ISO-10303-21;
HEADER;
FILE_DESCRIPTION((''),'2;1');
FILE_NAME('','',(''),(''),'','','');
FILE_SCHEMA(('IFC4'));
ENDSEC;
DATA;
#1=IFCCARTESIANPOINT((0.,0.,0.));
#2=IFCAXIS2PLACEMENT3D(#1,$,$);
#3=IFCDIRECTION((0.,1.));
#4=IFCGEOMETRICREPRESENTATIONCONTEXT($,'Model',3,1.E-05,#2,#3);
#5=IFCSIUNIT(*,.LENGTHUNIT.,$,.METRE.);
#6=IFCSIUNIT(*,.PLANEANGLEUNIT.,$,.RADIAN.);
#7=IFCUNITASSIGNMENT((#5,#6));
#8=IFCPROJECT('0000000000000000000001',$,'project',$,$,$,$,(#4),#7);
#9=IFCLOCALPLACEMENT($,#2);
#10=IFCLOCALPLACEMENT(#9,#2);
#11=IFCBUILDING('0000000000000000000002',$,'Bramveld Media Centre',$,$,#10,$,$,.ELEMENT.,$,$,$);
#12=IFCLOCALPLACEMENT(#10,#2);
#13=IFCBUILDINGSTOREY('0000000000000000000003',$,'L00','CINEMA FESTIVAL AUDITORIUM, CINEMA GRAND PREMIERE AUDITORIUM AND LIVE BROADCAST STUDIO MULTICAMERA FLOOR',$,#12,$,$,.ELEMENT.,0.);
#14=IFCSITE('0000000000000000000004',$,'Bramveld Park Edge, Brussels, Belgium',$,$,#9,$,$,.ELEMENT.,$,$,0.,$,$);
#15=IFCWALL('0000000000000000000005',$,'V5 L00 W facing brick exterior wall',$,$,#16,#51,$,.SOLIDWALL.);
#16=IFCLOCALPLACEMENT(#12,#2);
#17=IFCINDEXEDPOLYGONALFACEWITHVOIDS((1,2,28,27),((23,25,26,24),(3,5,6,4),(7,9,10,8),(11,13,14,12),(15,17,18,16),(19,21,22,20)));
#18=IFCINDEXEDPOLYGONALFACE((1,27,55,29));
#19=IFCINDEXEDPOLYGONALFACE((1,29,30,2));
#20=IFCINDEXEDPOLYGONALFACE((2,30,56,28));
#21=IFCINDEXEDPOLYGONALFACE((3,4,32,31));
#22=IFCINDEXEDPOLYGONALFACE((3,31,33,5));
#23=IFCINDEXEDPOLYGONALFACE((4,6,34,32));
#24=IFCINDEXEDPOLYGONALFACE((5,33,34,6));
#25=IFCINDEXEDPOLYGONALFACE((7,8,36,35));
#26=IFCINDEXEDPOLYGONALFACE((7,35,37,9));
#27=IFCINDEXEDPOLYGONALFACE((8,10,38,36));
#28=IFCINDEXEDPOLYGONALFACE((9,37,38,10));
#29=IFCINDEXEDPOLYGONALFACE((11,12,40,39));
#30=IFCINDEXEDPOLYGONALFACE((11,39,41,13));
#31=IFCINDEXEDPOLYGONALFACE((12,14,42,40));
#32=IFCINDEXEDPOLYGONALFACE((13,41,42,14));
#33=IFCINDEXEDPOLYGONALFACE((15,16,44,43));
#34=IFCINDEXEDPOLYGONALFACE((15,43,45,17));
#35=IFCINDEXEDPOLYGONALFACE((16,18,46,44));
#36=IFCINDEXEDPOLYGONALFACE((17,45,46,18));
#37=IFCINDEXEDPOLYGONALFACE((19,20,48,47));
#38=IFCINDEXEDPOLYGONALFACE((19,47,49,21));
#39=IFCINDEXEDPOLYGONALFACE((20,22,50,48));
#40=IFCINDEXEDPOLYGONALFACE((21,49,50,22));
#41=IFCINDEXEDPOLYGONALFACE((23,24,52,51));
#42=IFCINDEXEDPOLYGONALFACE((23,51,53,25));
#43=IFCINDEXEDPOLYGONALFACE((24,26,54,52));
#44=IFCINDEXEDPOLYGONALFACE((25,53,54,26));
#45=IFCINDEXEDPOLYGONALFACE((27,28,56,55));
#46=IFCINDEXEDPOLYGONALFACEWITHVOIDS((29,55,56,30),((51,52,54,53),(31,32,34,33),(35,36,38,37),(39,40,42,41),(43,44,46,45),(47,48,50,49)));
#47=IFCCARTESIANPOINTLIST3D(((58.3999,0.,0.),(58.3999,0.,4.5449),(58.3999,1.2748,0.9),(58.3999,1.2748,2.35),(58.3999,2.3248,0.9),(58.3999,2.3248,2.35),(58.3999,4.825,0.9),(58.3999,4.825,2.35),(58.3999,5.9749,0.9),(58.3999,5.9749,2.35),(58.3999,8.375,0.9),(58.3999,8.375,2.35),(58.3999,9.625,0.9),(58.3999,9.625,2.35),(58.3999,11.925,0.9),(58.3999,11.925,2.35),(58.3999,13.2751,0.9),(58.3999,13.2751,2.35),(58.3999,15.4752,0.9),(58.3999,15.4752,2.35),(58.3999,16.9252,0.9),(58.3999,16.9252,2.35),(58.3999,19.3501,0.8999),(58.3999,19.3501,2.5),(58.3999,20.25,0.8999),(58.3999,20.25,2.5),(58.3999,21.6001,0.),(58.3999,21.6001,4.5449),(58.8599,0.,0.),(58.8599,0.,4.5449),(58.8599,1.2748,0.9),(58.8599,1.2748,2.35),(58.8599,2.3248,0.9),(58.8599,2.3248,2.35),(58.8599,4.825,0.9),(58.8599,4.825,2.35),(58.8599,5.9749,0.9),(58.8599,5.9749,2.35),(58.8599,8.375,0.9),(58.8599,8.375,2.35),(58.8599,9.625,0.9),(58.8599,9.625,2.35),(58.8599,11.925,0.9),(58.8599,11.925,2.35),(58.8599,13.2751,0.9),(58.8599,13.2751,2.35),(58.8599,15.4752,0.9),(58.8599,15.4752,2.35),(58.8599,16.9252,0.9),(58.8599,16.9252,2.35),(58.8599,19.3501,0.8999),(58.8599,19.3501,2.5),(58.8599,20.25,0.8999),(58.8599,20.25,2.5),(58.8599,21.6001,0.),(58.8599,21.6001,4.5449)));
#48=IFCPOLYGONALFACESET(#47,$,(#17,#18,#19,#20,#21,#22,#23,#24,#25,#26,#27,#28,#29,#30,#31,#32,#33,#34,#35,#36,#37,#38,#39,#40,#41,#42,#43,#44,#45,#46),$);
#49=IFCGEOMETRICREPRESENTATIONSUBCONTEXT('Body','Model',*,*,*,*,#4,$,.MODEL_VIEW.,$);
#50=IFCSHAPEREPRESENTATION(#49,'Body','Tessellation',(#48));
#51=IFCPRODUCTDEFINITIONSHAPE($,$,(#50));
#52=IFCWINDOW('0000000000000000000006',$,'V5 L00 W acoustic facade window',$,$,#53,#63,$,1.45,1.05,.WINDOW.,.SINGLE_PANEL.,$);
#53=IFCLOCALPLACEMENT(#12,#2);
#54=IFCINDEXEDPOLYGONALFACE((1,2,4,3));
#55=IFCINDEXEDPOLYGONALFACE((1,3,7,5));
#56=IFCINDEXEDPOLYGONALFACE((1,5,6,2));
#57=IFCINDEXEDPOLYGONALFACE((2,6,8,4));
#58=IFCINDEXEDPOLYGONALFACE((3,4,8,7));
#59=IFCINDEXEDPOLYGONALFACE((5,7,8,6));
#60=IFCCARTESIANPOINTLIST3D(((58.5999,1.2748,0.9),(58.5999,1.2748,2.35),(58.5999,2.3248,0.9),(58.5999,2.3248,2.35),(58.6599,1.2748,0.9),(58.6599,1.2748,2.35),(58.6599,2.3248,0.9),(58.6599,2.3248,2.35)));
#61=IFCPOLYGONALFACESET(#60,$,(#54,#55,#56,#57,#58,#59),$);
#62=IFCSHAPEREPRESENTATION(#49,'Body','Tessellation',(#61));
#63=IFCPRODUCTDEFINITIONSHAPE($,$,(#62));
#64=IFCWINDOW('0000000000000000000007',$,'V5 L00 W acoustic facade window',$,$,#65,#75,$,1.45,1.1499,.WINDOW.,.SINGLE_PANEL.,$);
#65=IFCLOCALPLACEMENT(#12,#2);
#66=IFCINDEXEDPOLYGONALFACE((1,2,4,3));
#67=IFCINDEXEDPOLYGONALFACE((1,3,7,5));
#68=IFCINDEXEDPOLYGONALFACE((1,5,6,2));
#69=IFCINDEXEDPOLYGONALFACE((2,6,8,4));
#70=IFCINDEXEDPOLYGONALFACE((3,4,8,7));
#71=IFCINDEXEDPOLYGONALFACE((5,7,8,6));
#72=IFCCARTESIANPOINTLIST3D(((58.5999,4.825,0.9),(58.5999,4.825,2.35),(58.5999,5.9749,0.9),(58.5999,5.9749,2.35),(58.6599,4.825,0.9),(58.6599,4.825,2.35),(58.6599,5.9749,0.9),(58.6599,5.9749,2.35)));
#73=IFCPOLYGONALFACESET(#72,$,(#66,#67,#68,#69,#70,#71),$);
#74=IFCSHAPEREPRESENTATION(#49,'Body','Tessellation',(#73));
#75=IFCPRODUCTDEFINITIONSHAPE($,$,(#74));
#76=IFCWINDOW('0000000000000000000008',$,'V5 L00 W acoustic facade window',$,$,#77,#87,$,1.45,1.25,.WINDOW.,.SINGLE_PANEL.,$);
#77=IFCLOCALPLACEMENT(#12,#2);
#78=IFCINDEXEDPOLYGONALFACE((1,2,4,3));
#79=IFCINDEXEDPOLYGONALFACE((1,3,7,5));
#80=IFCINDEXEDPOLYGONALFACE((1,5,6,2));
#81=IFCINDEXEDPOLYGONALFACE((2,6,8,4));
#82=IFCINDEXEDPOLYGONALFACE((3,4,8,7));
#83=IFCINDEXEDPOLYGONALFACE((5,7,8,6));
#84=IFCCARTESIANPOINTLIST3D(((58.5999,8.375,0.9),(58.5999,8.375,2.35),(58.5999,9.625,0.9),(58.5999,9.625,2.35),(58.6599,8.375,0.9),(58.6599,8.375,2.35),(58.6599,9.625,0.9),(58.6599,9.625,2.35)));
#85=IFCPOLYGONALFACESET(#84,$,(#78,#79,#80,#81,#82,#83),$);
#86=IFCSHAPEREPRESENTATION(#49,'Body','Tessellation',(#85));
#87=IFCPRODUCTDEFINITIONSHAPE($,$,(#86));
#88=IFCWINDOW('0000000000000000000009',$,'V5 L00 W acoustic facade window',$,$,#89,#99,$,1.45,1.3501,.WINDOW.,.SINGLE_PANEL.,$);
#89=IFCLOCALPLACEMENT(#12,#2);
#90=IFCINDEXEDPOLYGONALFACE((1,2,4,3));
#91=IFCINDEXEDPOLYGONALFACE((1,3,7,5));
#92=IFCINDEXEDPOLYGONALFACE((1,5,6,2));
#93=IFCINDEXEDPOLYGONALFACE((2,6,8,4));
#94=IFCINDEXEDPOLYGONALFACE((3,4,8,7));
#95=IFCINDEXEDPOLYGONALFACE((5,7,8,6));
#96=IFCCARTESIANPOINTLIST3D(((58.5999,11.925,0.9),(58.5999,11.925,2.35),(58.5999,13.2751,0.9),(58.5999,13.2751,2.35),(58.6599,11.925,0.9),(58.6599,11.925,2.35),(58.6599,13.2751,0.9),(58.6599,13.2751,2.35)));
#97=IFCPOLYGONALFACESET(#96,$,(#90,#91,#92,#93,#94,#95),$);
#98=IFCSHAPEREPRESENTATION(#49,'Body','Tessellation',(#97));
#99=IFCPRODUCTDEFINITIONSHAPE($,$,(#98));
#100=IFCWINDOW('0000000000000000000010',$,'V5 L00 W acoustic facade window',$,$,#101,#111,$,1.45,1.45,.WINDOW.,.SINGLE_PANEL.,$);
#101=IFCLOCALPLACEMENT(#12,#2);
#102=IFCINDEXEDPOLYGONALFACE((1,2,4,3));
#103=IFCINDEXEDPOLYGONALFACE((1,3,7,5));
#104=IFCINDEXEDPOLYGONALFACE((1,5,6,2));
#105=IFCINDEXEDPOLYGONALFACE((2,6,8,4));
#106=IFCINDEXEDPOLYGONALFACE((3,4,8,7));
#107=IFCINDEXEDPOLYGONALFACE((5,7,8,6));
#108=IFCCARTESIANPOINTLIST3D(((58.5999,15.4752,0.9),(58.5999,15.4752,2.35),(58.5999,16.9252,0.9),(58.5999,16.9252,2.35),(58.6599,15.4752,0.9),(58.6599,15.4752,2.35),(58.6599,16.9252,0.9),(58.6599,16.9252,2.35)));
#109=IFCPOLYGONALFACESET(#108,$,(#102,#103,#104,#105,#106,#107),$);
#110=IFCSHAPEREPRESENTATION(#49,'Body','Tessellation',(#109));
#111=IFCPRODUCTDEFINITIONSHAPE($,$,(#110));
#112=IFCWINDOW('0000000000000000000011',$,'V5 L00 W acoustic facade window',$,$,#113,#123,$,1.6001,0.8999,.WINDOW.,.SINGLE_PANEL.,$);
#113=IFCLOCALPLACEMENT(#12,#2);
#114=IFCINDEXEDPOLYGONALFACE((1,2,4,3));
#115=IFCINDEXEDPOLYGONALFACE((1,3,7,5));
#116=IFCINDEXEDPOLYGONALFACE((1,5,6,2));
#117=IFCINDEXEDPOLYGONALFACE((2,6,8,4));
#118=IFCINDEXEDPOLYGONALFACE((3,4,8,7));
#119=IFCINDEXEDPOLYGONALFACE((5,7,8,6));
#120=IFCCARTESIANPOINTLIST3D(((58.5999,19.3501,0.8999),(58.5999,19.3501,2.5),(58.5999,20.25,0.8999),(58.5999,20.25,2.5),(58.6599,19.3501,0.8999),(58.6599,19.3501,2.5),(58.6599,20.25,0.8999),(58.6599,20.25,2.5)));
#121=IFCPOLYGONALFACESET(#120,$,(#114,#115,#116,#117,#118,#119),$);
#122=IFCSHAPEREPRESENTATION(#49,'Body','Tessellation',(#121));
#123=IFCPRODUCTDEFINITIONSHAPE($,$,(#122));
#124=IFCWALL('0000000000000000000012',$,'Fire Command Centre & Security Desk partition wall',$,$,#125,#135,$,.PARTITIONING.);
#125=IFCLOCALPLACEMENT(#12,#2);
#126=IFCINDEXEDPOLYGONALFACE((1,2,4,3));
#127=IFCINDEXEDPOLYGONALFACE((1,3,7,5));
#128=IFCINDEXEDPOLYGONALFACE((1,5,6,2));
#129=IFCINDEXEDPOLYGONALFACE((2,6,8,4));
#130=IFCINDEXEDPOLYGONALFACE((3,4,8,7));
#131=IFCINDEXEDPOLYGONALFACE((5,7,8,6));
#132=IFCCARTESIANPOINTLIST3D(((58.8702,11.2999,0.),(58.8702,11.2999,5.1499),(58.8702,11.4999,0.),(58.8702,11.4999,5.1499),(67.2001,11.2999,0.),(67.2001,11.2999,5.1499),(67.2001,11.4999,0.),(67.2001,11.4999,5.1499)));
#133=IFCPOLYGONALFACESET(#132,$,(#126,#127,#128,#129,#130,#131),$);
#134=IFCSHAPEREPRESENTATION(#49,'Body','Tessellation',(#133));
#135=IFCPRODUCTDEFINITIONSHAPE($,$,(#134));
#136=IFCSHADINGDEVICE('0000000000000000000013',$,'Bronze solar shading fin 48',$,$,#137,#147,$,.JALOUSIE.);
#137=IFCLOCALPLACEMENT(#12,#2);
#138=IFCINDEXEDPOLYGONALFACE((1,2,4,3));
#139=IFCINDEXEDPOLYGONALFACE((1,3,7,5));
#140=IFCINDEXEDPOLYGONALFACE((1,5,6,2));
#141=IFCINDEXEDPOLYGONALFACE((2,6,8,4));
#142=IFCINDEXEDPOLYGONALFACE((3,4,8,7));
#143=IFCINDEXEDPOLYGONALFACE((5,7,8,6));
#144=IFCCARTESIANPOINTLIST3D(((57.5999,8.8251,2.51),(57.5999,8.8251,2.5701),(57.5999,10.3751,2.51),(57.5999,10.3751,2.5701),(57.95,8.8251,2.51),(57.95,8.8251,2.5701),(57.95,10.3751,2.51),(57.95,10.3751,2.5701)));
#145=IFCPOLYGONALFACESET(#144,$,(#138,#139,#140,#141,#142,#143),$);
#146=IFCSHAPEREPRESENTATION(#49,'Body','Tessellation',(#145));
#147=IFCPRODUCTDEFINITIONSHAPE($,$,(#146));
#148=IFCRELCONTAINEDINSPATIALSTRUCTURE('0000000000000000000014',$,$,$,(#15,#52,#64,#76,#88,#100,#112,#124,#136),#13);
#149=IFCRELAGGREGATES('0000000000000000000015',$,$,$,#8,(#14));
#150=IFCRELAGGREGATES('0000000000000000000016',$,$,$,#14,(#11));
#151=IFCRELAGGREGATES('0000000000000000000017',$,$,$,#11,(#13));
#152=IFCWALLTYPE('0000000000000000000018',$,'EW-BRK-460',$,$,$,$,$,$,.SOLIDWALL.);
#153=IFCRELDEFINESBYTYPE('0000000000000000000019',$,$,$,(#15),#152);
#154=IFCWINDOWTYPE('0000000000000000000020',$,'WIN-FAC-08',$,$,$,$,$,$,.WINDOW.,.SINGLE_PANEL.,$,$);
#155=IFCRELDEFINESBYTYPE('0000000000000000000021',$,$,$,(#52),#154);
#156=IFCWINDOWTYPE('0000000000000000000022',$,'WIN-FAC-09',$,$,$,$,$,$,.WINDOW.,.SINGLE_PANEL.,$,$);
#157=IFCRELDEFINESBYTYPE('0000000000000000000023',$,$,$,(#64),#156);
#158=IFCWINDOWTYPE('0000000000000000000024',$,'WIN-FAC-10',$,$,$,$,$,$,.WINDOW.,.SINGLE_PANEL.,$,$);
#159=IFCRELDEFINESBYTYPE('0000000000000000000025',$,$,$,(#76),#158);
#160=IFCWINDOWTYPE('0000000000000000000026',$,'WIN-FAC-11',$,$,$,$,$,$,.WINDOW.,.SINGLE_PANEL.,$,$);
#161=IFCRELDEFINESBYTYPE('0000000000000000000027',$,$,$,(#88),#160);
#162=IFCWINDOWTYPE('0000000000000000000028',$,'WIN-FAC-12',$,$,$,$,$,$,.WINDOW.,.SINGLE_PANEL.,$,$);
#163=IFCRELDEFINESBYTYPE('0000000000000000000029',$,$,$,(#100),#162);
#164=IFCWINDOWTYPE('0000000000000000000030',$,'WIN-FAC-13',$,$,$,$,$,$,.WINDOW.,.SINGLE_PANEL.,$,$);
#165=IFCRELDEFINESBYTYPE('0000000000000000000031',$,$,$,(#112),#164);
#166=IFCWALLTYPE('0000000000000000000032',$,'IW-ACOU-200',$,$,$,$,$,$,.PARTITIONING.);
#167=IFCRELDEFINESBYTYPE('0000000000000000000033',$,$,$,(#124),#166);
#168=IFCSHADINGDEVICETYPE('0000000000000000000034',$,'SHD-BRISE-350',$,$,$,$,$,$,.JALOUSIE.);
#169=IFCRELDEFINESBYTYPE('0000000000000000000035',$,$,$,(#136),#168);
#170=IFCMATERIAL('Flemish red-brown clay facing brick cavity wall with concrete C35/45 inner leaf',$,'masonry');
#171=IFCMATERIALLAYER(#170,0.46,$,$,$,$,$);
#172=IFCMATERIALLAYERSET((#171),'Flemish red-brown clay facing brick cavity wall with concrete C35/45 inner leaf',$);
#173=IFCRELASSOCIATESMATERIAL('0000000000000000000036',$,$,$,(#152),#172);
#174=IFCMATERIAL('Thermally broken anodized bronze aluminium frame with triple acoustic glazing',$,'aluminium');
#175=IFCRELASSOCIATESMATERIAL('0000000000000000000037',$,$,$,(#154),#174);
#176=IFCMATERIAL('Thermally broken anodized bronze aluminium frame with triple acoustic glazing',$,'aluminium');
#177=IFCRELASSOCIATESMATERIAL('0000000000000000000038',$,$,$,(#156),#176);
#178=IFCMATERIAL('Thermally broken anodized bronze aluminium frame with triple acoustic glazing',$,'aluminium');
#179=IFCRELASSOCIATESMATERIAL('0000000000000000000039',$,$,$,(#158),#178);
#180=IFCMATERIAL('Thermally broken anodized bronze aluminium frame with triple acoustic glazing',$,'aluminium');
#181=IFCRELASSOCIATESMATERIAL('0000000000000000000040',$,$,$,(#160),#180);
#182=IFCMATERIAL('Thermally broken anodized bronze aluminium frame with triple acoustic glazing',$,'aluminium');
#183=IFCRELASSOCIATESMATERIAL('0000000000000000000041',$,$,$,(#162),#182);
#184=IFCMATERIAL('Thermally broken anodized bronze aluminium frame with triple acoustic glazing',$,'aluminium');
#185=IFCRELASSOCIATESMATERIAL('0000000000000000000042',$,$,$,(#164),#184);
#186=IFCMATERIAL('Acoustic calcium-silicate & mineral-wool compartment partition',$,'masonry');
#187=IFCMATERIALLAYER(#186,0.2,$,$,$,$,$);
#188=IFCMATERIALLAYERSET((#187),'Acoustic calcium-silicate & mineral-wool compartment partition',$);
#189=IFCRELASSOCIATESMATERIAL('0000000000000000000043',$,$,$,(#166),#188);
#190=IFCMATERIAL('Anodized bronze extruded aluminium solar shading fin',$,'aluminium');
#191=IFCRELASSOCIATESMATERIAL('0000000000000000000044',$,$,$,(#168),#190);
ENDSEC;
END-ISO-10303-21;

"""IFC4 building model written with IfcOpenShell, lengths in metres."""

from ifc_helpers import new_model, si_unit, direction, frame, frame_2d, origin, origin_2d, place, context, subcontext, project, spatial, rectangle, extrude, material, layer, layer_set, type_object, element, fill, save


model = new_model("IFC4")

# Units and contexts
model_context = context("Model", 3, precision=1e-05, world=origin(), true_north=direction((0.0, 1.0)))
body_context = subcontext(model_context, "Body", "Model", "MODEL_VIEW")
ifc_project = project(units=[si_unit("LENGTHUNIT", "METRE"), si_unit("PLANEANGLEUNIT", "RADIAN")], contexts=[model_context])

# Site, building, storey
site_placement = place(None, origin())
site = spatial("IfcSite", under=ifc_project, at=site_placement, Name="Bramveld Park Edge, Brussels, Belgium", CompositionType="ELEMENT", RefElevation=0.0)
building_placement = place(site_placement, origin())
building = spatial("IfcBuilding", under=site, at=building_placement, Name="Bramveld Media Centre", CompositionType="ELEMENT")
storey_placement = place(building_placement, origin())
storey = spatial("IfcBuildingStorey", under=building, at=storey_placement, Name="L00", Description="CINEMA FESTIVAL AUDITORIUM, CINEMA GRAND PREMIERE AUDITORIUM AND LIVE BROADCAST STUDIO MULTICAMERA FLOOR", CompositionType="ELEMENT", Elevation=0.0)

# Shared definitions
ifc_material_1 = material(Name="Flemish red-brown clay facing brick cavity wall with concrete C35/45 inner leaf", Category="masonry")
ifc_layer_1 = layer(ifc_material_1, 0.46)
ifc_layer_set_1 = layer_set([ifc_layer_1], Name="Flemish red-brown clay facing brick cavity wall with concrete C35/45 inner leaf")
wall_type_1 = type_object("IfcWallType", Name="EW-BRK-460", PredefinedType="SOLIDWALL", material=ifc_layer_set_1)

# Wall, openings, windows
wall_1_placement = place(storey_placement, frame((58.6299, 0.0, 0.0), z_axis=(0.0, 0.0, 1.0), x_axis=(0.0, 1.0, 0.0)))
wall_1 = element("IfcWall", 1, at=wall_1_placement, inside=storey, type_object=wall_type_1, Name="V5 L00 W facing brick exterior wall", PredefinedType="SOLIDWALL", context=body_context, shape_type="SweptSolid", body=[
    extrude(rectangle(XDim=21.6001, YDim=0.46, at=frame_2d((10.8, 0.0))), origin(), (0.0, 0.0, 1.0), 4.5449),
])
opening_1_placement = place(wall_1_placement, frame((1.2749, 0.0, 0.8999)))
opening_1 = element("IfcOpeningElement", 2, at=opening_1_placement, cuts=wall_1, PredefinedType="OPENING", context=body_context, shape_type="SweptSolid", body=[
    extrude(rectangle(XDim=1.05, YDim=1.45, at=frame_2d((0.5249, 0.7251))), frame((0.0, 0.2419, 0.0), z_axis=(0.0, -1.0, 0.0), x_axis=(1.0, 0.0, 0.0)), (0.0, 0.0, 1.0), 0.4839),
])
opening_2_placement = place(wall_1_placement, frame((4.825, 0.0, 0.8999)))
opening_2 = element("IfcOpeningElement", 3, at=opening_2_placement, cuts=wall_1, PredefinedType="OPENING", context=body_context, shape_type="SweptSolid", body=[
    extrude(rectangle(XDim=1.1499, YDim=1.45, at=frame_2d((0.575, 0.7251))), frame((0.0, 0.2419, 0.0), z_axis=(0.0, -1.0, 0.0), x_axis=(1.0, 0.0, 0.0)), (0.0, 0.0, 1.0), 0.4839),
])
opening_3_placement = place(wall_1_placement, frame((8.375, 0.0, 0.8999)))
opening_3 = element("IfcOpeningElement", 4, at=opening_3_placement, cuts=wall_1, PredefinedType="OPENING", context=body_context, shape_type="SweptSolid", body=[
    extrude(rectangle(XDim=1.25, YDim=1.45, at=frame_2d((0.625, 0.7251))), frame((0.0, 0.2419, 0.0), z_axis=(0.0, -1.0, 0.0), x_axis=(1.0, 0.0, 0.0)), (0.0, 0.0, 1.0), 0.4839),
])
opening_4_placement = place(wall_1_placement, frame((11.925, 0.0, 0.8999)))
opening_4 = element("IfcOpeningElement", 5, at=opening_4_placement, cuts=wall_1, PredefinedType="OPENING", context=body_context, shape_type="SweptSolid", body=[
    extrude(rectangle(XDim=1.3501, YDim=1.45, at=frame_2d((0.675, 0.7251))), frame((0.0, 0.2419, 0.0), z_axis=(0.0, -1.0, 0.0), x_axis=(1.0, 0.0, 0.0)), (0.0, 0.0, 1.0), 0.4839),
])
opening_5_placement = place(wall_1_placement, frame((15.4751, 0.0, 0.8999)))
opening_5 = element("IfcOpeningElement", 6, at=opening_5_placement, cuts=wall_1, PredefinedType="OPENING", context=body_context, shape_type="SweptSolid", body=[
    extrude(rectangle(XDim=1.45, YDim=1.45, at=frame_2d((0.7251, 0.7251))), frame((0.0, 0.2419, 0.0), z_axis=(0.0, -1.0, 0.0), x_axis=(1.0, 0.0, 0.0)), (0.0, 0.0, 1.0), 0.4839),
])
opening_6_placement = place(wall_1_placement, frame((19.3501, 0.0, 0.8999)))
opening_6 = element("IfcOpeningElement", 7, at=opening_6_placement, cuts=wall_1, PredefinedType="OPENING", context=body_context, shape_type="SweptSolid", body=[
    extrude(rectangle(XDim=0.8999, YDim=1.6001, at=frame_2d((0.45, 0.8))), frame((0.0, 0.2419, 0.0), z_axis=(0.0, -1.0, 0.0), x_axis=(1.0, 0.0, 0.0)), (0.0, 0.0, 1.0), 0.4839),
])
ifc_material_2 = material(Name="Thermally broken anodized bronze aluminium frame with triple acoustic glazing", Category="aluminium")
window_type_1 = type_object("IfcWindowType", Name="WIN-FAC-08", PartitioningType="SINGLE_PANEL", PredefinedType="WINDOW", material=ifc_material_2)
window_1_placement = place(opening_1_placement, origin())
window_1 = element("IfcWindow", 8, at=window_1_placement, inside=storey, type_object=window_type_1, Name="V5 L00 W acoustic facade window", OverallHeight=1.45, OverallWidth=1.05, PartitioningType="SINGLE_PANEL", PredefinedType="WINDOW", context=body_context, shape_type="SweptSolid", body=[
    extrude(rectangle(XDim=1.05, YDim=1.45, at=frame_2d((0.5249, 0.7251))), frame((0.0, 0.03, 0.0), z_axis=(0.0, -1.0, 0.0), x_axis=(1.0, 0.0, 0.0)), (0.0, 0.0, 1.0), 0.0601),
])
fill(opening_1, window_1)
ifc_material_3 = material(Name="Thermally broken anodized bronze aluminium frame with triple acoustic glazing", Category="aluminium")
window_type_2 = type_object("IfcWindowType", Name="WIN-FAC-09", PartitioningType="SINGLE_PANEL", PredefinedType="WINDOW", material=ifc_material_3)
window_2_placement = place(opening_2_placement, origin())
window_2 = element("IfcWindow", 9, at=window_2_placement, inside=storey, type_object=window_type_2, Name="V5 L00 W acoustic facade window", OverallHeight=1.45, OverallWidth=1.1499, PartitioningType="SINGLE_PANEL", PredefinedType="WINDOW", context=body_context, shape_type="SweptSolid", body=[
    extrude(rectangle(XDim=1.1499, YDim=1.45, at=frame_2d((0.575, 0.7251))), frame((0.0, 0.03, 0.0), z_axis=(0.0, -1.0, 0.0), x_axis=(1.0, 0.0, 0.0)), (0.0, 0.0, 1.0), 0.0601),
])
fill(opening_2, window_2)
ifc_material_4 = material(Name="Thermally broken anodized bronze aluminium frame with triple acoustic glazing", Category="aluminium")
window_type_3 = type_object("IfcWindowType", Name="WIN-FAC-10", PartitioningType="SINGLE_PANEL", PredefinedType="WINDOW", material=ifc_material_4)
window_3_placement = place(opening_3_placement, origin())
window_3 = element("IfcWindow", 10, at=window_3_placement, inside=storey, type_object=window_type_3, Name="V5 L00 W acoustic facade window", OverallHeight=1.45, OverallWidth=1.25, PartitioningType="SINGLE_PANEL", PredefinedType="WINDOW", context=body_context, shape_type="SweptSolid", body=[
    extrude(rectangle(XDim=1.25, YDim=1.45, at=frame_2d((0.625, 0.7251))), frame((0.0, 0.03, 0.0), z_axis=(0.0, -1.0, 0.0), x_axis=(1.0, 0.0, 0.0)), (0.0, 0.0, 1.0), 0.0601),
])
fill(opening_3, window_3)
ifc_material_5 = material(Name="Thermally broken anodized bronze aluminium frame with triple acoustic glazing", Category="aluminium")
window_type_4 = type_object("IfcWindowType", Name="WIN-FAC-11", PartitioningType="SINGLE_PANEL", PredefinedType="WINDOW", material=ifc_material_5)
window_4_placement = place(opening_4_placement, origin())
window_4 = element("IfcWindow", 11, at=window_4_placement, inside=storey, type_object=window_type_4, Name="V5 L00 W acoustic facade window", OverallHeight=1.45, OverallWidth=1.3501, PartitioningType="SINGLE_PANEL", PredefinedType="WINDOW", context=body_context, shape_type="SweptSolid", body=[
    extrude(rectangle(XDim=1.3501, YDim=1.45, at=frame_2d((0.675, 0.7251))), frame((0.0, 0.03, 0.0), z_axis=(0.0, -1.0, 0.0), x_axis=(1.0, 0.0, 0.0)), (0.0, 0.0, 1.0), 0.0601),
])
fill(opening_4, window_4)
ifc_material_6 = material(Name="Thermally broken anodized bronze aluminium frame with triple acoustic glazing", Category="aluminium")
window_type_5 = type_object("IfcWindowType", Name="WIN-FAC-12", PartitioningType="SINGLE_PANEL", PredefinedType="WINDOW", material=ifc_material_6)
window_5_placement = place(opening_5_placement, origin())
window_5 = element("IfcWindow", 12, at=window_5_placement, inside=storey, type_object=window_type_5, Name="V5 L00 W acoustic facade window", OverallHeight=1.45, OverallWidth=1.45, PartitioningType="SINGLE_PANEL", PredefinedType="WINDOW", context=body_context, shape_type="SweptSolid", body=[
    extrude(rectangle(XDim=1.45, YDim=1.45, at=frame_2d((0.7251, 0.7251))), frame((0.0, 0.03, 0.0), z_axis=(0.0, -1.0, 0.0), x_axis=(1.0, 0.0, 0.0)), (0.0, 0.0, 1.0), 0.0601),
])
fill(opening_5, window_5)
ifc_material_7 = material(Name="Thermally broken anodized bronze aluminium frame with triple acoustic glazing", Category="aluminium")
window_type_6 = type_object("IfcWindowType", Name="WIN-FAC-13", PartitioningType="SINGLE_PANEL", PredefinedType="WINDOW", material=ifc_material_7)
window_6_placement = place(opening_6_placement, origin())
window_6 = element("IfcWindow", 13, at=window_6_placement, inside=storey, type_object=window_type_6, Name="V5 L00 W acoustic facade window", OverallHeight=1.6001, OverallWidth=0.8999, PartitioningType="SINGLE_PANEL", PredefinedType="WINDOW", context=body_context, shape_type="SweptSolid", body=[
    extrude(rectangle(XDim=0.8999, YDim=1.6001, at=frame_2d((0.45, 0.8))), frame((0.0, 0.03, 0.0), z_axis=(0.0, -1.0, 0.0), x_axis=(1.0, 0.0, 0.0)), (0.0, 0.0, 1.0), 0.0601),
])
fill(opening_6, window_6)

# Wall
ifc_material_8 = material(Name="Acoustic calcium-silicate & mineral-wool compartment partition", Category="masonry")
ifc_layer_2 = layer(ifc_material_8, 0.2)
ifc_layer_set_2 = layer_set([ifc_layer_2], Name="Acoustic calcium-silicate & mineral-wool compartment partition")
wall_type_2 = type_object("IfcWallType", Name="IW-ACOU-200", PredefinedType="PARTITIONING", material=ifc_layer_set_2)
wall_2_placement = place(storey_placement, frame((58.8701, 11.3999, 0.0), z_axis=(0.0, 0.0, 1.0), x_axis=(1.0, 0.0, 0.0)))
element("IfcWall", 14, at=wall_2_placement, inside=storey, type_object=wall_type_2, Name="Fire Command Centre & Security Desk partition wall", PredefinedType="PARTITIONING", context=body_context, shape_type="SweptSolid", body=[
    extrude(rectangle(XDim=8.3298, YDim=0.2, at=frame_2d((4.165, 0.0))), origin(), (0.0, 0.0, 1.0), 5.1499),
])

# Shading device
ifc_material_9 = material(Name="Anodized bronze extruded aluminium solar shading fin", Category="aluminium")
shading_device_type_1 = type_object("IfcShadingDeviceType", Name="SHD-BRISE-350", PredefinedType="JALOUSIE", material=ifc_material_9)
shading_device_1_placement = place(storey_placement, frame((57.7749, 9.6001, 2.51), z_axis=(0.0, 0.0, 1.0), x_axis=(1.0, 0.0, 0.0)))
element("IfcShadingDevice", 15, at=shading_device_1_placement, inside=storey, type_object=shading_device_type_1, Name="Bronze solar shading fin 48", PredefinedType="JALOUSIE", context=body_context, shape_type="SweptSolid", body=[
    extrude(rectangle(XDim=0.3501, YDim=1.55, at=origin_2d()), origin(), (0.0, 0.0, 1.0), 0.0601),
])

save(model, "model.ifc")
